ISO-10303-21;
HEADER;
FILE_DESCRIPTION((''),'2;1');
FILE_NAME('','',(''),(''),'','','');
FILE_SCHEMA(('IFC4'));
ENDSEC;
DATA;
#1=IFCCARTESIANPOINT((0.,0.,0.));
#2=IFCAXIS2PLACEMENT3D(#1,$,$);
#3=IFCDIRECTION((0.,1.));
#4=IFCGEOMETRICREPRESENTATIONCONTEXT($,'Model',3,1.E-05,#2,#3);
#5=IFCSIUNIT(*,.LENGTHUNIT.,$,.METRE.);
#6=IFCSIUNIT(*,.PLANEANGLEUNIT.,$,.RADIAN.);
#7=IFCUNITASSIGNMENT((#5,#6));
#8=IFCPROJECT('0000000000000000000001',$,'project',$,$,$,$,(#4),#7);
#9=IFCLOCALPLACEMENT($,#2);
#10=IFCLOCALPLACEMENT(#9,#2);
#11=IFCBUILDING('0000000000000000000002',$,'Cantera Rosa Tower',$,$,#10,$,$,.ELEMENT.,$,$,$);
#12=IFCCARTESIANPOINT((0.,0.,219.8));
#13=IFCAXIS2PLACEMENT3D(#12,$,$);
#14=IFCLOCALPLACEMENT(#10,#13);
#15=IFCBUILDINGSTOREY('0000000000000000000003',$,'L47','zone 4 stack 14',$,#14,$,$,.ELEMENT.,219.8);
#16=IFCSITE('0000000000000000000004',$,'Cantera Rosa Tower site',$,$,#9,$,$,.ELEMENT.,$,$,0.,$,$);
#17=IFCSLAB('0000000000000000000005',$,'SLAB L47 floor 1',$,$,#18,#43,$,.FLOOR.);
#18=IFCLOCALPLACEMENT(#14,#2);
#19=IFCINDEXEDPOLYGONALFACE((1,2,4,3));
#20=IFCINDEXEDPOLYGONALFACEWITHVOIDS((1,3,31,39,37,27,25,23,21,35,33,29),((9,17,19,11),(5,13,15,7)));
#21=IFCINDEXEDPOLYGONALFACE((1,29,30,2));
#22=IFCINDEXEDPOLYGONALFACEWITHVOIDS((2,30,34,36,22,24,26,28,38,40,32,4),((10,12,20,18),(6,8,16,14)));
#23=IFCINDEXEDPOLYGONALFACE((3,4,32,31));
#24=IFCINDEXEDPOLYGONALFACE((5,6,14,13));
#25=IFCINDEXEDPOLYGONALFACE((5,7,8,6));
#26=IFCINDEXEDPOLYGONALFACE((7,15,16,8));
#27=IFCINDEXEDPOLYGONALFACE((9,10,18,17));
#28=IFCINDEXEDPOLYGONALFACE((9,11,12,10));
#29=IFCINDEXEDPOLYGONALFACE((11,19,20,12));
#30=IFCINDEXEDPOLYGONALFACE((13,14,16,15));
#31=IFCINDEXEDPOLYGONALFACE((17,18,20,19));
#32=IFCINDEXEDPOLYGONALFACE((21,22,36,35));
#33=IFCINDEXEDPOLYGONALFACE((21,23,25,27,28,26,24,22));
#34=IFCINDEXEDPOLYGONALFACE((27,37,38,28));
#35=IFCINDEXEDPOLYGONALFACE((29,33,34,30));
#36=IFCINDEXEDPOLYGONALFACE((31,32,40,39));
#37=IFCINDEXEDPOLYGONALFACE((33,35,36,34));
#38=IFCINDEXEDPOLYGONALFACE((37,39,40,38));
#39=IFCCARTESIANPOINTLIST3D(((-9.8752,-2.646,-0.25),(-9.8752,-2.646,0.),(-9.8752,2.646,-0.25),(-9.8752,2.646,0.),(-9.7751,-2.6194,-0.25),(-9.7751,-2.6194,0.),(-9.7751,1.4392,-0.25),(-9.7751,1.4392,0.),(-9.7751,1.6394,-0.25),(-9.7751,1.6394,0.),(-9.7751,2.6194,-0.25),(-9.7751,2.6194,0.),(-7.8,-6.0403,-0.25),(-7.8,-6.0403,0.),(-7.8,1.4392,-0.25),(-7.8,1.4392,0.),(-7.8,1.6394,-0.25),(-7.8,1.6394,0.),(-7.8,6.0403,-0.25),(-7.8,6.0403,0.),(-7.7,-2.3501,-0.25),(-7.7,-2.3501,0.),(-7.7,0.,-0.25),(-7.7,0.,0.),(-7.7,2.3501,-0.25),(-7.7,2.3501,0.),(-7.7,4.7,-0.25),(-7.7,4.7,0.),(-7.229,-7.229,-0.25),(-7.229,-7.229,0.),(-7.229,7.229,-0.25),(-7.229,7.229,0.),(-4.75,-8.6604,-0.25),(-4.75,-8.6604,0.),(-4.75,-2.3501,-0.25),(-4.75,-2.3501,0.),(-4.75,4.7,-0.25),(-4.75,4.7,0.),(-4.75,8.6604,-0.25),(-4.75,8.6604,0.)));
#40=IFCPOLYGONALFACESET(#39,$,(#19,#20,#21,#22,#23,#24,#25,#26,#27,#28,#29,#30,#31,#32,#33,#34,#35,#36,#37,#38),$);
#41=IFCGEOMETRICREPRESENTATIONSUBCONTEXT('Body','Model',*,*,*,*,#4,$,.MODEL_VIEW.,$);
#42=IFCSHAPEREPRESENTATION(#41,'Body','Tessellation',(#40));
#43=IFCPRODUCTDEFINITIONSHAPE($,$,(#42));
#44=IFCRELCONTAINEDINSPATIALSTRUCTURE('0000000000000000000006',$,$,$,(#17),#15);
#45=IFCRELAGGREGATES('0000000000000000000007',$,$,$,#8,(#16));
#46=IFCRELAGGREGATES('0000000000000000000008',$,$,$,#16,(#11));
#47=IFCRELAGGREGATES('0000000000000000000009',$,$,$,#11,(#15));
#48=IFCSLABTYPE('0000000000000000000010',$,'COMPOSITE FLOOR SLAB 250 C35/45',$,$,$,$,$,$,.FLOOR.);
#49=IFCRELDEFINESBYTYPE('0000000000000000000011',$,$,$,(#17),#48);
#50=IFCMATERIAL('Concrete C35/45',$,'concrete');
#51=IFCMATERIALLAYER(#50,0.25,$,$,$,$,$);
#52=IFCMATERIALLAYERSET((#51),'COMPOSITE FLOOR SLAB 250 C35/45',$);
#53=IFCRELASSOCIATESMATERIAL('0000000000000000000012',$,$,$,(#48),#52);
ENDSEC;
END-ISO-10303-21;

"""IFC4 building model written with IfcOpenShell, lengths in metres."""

from ifc_helpers import new_model, si_unit, direction, frame, origin, place, context, subcontext, project, spatial, polyline, outline, extrude, material, layer, layer_set, type_object, element, save


model = new_model("IFC4")

# Units and contexts
model_context = context("Model", 3, precision=1e-05, world=origin(), true_north=direction((0.0, 1.0)))
body_context = subcontext(model_context, "Body", "Model", "MODEL_VIEW")
ifc_project = project(units=[si_unit("LENGTHUNIT", "METRE"), si_unit("PLANEANGLEUNIT", "RADIAN")], contexts=[model_context])

# Site, building, storey
site_placement = place(None, origin())
site = spatial("IfcSite", under=ifc_project, at=site_placement, Name="Cantera Rosa Tower site", CompositionType="ELEMENT", RefElevation=0.0)
building_placement = place(site_placement, origin())
building = spatial("IfcBuilding", under=site, at=building_placement, Name="Cantera Rosa Tower", CompositionType="ELEMENT")
storey_placement = place(building_placement, frame((0.0, 0.0, 219.8)))
storey = spatial("IfcBuildingStorey", under=building, at=storey_placement, Name="L47", Description="zone 4 stack 14", CompositionType="ELEMENT", Elevation=219.8)

# Slab
ifc_material_1 = material(Name="Concrete C35/45", Category="concrete")
ifc_layer_1 = layer(ifc_material_1, 0.25)
ifc_layer_set_1 = layer_set([ifc_layer_1], Name="COMPOSITE FLOOR SLAB 250 C35/45")
slab_type_1 = type_object("IfcSlabType", Name="COMPOSITE FLOOR SLAB 250 C35/45", PredefinedType="FLOOR", material=ifc_layer_set_1)
slab_1_placement = place(storey_placement, frame((0.0, 0.0, -0.25)))
element("IfcSlab", 1, at=slab_1_placement, inside=storey, type_object=slab_type_1, Name="SLAB L47 floor 1", PredefinedType="FLOOR", context=body_context, shape_type="SweptSolid", body=[
    extrude(outline(polyline([(-7.7, 0.0), (-7.7, -2.3501), (-4.75, -2.3501), (-4.75, -8.6604), (-7.229, -7.229), (-9.8752, -2.646), (-9.8752, 2.646), (-7.229, 7.229), (-4.75, 8.6604), (-4.75, 4.7), (-7.7, 4.7), (-7.7, 2.3501), (-7.7, 0.0)]), holes=[polyline([(-7.8, 1.4392), (-9.7751, 1.4392), (-9.7751, -2.6194), (-7.8, -6.0403), (-7.8, 1.4392)]), polyline([(-7.8, 6.0403), (-9.7751, 2.6194), (-9.7751, 1.6394), (-7.8, 1.6394), (-7.8, 6.0403)])]), origin(), (0.0, 0.0, 1.0), 0.25),
])

save(model, "model.ifc")
